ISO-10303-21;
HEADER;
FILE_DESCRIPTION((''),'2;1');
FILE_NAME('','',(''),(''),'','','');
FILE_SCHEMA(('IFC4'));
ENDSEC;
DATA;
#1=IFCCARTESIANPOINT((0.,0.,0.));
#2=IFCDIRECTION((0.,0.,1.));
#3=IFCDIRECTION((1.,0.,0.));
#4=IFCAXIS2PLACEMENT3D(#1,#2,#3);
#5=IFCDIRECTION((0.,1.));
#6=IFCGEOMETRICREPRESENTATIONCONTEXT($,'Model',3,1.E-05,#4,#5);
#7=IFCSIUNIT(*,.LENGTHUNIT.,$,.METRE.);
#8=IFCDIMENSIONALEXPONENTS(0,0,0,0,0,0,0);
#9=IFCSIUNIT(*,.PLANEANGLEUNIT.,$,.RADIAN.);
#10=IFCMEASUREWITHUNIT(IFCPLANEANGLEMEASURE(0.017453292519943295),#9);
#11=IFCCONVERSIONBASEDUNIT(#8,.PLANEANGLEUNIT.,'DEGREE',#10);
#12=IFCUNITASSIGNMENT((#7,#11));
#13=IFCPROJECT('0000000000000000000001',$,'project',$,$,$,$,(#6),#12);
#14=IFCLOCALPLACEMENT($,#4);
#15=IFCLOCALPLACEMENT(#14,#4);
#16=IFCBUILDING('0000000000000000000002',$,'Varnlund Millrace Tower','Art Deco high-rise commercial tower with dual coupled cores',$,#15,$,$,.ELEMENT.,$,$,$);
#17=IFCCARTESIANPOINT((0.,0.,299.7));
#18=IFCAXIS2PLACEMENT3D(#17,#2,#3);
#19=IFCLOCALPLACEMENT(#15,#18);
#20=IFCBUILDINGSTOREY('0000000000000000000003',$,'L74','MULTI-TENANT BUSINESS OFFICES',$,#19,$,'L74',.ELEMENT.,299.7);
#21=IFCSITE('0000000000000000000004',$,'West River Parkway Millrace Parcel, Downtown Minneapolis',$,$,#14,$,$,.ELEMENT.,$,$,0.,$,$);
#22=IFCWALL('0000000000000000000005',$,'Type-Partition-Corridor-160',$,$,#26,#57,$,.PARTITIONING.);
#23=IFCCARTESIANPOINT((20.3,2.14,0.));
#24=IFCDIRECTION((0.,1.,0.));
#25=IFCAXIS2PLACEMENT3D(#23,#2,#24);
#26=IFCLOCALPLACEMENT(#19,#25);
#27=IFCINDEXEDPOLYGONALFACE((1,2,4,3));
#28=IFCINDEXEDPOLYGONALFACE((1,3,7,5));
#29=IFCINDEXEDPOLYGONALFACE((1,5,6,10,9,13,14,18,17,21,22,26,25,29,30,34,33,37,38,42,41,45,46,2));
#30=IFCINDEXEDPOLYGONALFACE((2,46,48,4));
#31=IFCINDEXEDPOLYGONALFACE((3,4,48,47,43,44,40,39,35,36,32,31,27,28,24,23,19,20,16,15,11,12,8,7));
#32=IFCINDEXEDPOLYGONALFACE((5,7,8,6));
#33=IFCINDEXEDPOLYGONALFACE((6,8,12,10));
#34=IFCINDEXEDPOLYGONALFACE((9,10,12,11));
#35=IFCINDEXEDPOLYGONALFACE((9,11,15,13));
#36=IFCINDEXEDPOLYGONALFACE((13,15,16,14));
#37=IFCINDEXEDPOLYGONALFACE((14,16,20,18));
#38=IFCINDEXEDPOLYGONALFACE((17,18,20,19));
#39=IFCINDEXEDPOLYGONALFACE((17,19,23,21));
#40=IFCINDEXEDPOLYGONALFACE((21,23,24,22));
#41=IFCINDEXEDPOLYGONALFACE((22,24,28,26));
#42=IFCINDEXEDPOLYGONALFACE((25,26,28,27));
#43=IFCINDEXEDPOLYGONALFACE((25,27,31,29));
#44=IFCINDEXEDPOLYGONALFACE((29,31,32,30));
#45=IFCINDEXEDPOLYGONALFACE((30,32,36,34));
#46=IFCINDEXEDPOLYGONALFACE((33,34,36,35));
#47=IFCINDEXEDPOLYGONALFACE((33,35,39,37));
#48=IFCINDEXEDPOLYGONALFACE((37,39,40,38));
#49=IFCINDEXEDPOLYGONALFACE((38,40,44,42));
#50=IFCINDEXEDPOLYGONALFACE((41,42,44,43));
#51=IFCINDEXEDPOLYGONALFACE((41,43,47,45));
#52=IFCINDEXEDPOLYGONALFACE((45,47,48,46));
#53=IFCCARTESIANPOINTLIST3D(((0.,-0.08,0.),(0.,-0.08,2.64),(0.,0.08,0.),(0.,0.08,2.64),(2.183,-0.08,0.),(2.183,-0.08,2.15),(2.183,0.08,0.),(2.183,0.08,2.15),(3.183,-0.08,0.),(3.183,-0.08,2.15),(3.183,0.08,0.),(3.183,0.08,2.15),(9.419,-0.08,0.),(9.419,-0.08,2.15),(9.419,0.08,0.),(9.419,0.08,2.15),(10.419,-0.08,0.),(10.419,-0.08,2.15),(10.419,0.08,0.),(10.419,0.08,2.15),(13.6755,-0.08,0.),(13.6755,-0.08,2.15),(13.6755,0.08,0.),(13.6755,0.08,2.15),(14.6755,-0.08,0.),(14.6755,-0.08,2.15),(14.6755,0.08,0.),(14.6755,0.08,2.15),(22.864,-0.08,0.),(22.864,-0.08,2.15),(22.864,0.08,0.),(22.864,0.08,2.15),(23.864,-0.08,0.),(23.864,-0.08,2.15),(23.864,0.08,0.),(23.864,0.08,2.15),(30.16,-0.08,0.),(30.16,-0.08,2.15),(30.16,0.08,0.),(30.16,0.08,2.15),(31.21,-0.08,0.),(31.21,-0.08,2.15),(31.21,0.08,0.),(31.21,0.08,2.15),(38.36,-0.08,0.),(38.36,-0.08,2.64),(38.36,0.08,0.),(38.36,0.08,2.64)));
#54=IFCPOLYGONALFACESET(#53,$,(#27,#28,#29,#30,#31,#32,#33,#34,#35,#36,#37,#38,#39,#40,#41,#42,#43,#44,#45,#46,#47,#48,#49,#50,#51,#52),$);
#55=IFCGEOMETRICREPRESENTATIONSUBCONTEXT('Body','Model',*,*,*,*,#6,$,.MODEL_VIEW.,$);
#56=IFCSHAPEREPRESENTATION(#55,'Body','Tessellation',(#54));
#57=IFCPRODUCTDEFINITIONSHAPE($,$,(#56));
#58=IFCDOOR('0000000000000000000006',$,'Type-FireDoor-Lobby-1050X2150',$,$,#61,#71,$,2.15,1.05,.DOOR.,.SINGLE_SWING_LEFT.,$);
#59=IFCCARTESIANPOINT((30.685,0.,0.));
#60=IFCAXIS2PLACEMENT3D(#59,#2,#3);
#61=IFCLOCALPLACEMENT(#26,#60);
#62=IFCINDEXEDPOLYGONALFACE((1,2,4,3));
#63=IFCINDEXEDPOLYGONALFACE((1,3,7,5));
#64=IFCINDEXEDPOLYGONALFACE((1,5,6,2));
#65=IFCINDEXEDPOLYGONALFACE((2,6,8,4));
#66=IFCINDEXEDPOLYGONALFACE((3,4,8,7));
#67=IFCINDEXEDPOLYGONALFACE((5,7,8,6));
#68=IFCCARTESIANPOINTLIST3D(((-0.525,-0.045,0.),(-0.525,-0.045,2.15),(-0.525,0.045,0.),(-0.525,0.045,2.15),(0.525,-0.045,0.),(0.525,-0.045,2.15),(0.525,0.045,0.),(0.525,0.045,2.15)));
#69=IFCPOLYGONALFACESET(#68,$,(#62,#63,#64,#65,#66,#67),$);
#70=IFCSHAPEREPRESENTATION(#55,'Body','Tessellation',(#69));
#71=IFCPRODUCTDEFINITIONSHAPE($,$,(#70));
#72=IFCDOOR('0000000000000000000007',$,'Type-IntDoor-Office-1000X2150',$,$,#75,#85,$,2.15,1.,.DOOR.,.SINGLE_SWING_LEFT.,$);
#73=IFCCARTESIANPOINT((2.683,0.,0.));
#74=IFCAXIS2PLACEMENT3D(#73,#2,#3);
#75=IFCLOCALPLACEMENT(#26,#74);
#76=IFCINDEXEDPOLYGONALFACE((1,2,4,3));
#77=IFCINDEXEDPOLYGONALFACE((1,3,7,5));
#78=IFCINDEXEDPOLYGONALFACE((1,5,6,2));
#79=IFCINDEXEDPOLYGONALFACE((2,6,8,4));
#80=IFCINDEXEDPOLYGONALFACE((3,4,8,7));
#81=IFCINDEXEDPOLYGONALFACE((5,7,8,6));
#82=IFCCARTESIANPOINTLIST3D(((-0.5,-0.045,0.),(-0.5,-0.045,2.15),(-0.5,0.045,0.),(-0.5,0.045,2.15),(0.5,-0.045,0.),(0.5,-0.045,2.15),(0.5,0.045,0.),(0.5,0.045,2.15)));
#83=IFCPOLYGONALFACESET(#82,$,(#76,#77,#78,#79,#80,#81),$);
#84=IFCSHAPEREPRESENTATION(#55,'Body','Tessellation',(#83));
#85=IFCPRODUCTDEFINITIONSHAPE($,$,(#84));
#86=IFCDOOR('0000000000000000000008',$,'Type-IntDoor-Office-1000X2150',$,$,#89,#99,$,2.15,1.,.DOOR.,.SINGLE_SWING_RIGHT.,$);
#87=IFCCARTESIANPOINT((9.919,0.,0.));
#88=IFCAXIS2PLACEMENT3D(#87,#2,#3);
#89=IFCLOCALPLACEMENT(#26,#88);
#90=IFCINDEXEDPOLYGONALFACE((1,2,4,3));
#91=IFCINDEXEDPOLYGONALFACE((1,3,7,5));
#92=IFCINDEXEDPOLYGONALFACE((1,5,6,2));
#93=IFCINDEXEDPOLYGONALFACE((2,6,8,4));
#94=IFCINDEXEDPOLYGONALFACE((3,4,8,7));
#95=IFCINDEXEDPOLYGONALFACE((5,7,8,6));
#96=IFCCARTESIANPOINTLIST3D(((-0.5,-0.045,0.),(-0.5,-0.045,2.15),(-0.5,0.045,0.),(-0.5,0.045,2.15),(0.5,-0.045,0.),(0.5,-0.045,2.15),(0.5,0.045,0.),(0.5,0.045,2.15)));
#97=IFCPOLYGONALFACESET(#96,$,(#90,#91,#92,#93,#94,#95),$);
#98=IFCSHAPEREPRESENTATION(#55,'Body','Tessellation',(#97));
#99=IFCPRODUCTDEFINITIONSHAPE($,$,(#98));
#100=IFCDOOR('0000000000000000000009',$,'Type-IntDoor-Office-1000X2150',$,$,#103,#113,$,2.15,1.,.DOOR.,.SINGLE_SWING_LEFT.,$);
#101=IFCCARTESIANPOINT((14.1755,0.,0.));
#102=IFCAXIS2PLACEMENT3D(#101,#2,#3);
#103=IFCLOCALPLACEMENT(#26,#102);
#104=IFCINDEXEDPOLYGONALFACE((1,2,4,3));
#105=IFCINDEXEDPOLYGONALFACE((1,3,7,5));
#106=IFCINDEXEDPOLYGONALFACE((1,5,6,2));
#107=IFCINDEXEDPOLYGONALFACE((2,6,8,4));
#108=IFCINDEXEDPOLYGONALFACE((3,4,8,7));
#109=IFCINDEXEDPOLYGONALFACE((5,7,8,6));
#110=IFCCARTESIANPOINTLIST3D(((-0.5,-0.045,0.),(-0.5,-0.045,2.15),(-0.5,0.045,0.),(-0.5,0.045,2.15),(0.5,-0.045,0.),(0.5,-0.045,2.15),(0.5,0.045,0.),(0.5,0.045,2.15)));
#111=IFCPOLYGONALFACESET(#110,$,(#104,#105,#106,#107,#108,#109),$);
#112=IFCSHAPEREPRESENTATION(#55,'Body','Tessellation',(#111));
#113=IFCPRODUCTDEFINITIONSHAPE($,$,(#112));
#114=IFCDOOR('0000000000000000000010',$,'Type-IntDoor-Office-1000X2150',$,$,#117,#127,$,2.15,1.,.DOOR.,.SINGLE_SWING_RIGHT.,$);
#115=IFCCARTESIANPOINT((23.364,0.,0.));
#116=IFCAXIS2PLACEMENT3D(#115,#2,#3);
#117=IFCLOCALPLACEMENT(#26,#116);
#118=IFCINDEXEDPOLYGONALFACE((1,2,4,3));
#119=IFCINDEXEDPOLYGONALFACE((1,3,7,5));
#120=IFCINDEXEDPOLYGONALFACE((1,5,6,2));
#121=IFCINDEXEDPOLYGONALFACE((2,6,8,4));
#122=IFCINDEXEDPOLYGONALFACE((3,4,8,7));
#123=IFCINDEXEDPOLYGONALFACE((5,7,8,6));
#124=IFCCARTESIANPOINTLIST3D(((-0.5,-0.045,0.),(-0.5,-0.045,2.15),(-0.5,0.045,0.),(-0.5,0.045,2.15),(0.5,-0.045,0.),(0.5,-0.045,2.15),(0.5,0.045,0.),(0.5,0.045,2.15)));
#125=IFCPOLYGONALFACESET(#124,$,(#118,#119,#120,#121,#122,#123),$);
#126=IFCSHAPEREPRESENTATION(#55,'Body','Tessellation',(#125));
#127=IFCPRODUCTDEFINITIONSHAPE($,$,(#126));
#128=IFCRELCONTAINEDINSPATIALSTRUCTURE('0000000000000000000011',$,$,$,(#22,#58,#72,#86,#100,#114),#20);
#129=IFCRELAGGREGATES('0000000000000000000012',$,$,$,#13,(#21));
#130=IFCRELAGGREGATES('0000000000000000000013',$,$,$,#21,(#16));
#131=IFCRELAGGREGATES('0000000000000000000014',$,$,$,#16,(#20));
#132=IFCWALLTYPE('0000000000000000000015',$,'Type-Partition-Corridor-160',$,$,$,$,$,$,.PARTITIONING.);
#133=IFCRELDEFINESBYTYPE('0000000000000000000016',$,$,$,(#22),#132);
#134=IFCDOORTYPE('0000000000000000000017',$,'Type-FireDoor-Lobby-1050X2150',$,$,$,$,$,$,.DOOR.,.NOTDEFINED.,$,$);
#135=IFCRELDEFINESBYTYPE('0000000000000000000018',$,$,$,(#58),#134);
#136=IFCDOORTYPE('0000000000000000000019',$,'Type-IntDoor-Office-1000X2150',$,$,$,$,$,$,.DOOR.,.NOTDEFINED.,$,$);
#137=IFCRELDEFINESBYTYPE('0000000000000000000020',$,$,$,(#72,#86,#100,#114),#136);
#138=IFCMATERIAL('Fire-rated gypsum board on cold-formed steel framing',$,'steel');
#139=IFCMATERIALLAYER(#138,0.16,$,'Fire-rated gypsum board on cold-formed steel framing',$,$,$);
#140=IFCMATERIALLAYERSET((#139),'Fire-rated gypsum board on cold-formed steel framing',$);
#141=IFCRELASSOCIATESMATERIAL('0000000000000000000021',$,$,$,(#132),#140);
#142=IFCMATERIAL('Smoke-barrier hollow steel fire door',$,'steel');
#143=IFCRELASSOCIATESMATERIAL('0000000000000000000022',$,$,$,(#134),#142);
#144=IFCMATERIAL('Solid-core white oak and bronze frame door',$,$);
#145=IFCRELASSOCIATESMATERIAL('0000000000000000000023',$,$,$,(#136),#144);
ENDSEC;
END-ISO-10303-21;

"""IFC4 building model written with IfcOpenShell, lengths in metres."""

from ifc_helpers import new_model, entity, si_unit, converted_unit, direction, frame, origin_with_axes, origin_2d_with_axis, place, context, subcontext, project, spatial, polyline, rectangle, outline, extrude, material, layer, layer_set, type_object, element, fill, save


model = new_model("IFC4")

# Units and contexts
model_context = context("Model", 3, precision=1e-05, world=origin_with_axes(), true_north=direction((0.0, 1.0)))
body_context = subcontext(model_context, "Body", "Model", "MODEL_VIEW")
ifc_project = project(units=[si_unit("LENGTHUNIT", "METRE"), converted_unit("PLANEANGLEUNIT", "DEGREE", entity("IfcPlaneAngleMeasure", 0.017453292519943295), si_unit("PLANEANGLEUNIT", "RADIAN"), dimensions=[0, 0, 0, 0, 0, 0, 0])], contexts=[model_context])

# Site, building, storey
site_placement = place(None, origin_with_axes())
site = spatial("IfcSite", under=ifc_project, at=site_placement, Name="West River Parkway Millrace Parcel, Downtown Minneapolis", CompositionType="ELEMENT", RefElevation=0.0)
building_placement = place(site_placement, origin_with_axes())
building = spatial("IfcBuilding", under=site, at=building_placement, Name="Varnlund Millrace Tower", Description="Art Deco high-rise commercial tower with dual coupled cores", CompositionType="ELEMENT")
storey_placement = place(building_placement, frame((0.0, 0.0, 299.7), z_axis=(0.0, 0.0, 1.0), x_axis=(1.0, 0.0, 0.0)))
storey = spatial("IfcBuildingStorey", under=building, at=storey_placement, Name="L74", Description="MULTI-TENANT BUSINESS OFFICES", LongName="L74", CompositionType="ELEMENT", Elevation=299.7)

# Wall, openings, doors
ifc_material_1 = material(Name="Fire-rated gypsum board on cold-formed steel framing", Category="steel")
ifc_layer_1 = layer(ifc_material_1, 0.16, Name="Fire-rated gypsum board on cold-formed steel framing")
ifc_layer_set_1 = layer_set([ifc_layer_1], Name="Fire-rated gypsum board on cold-formed steel framing")
wall_type_1 = type_object("IfcWallType", Name="Type-Partition-Corridor-160", PredefinedType="PARTITIONING", material=ifc_layer_set_1)
wall_1_placement = place(storey_placement, frame((20.3, 2.14, 0.0), z_axis=(0.0, 0.0, 1.0), x_axis=(0.0, 1.0, 0.0)))
wall_1 = element("IfcWall", 1, at=wall_1_placement, inside=storey, type_object=wall_type_1, Name="Type-Partition-Corridor-160", PredefinedType="PARTITIONING", context=body_context, shape_type="SweptSolid", body=[
    extrude(outline(polyline([(0.0, -0.08), (38.36, -0.08), (38.36, 0.08), (0.0, 0.08), (0.0, -0.08)])), origin_with_axes(), (0.0, 0.0, 1.0), 2.64),
])
opening_1_placement = place(wall_1_placement, frame((30.685, 0.0, 0.0), z_axis=(0.0, 0.0, 1.0), x_axis=(1.0, 0.0, 0.0)))
opening_1 = element("IfcOpeningElement", 2, at=opening_1_placement, cuts=wall_1, PredefinedType="OPENING", context=body_context, shape_type="SweptSolid", body=[
    extrude(rectangle(XDim=1.05, YDim=0.18, at=origin_2d_with_axis()), origin_with_axes(), (0.0, 0.0, 1.0), 2.15),
])
opening_2_placement = place(wall_1_placement, frame((2.683, 0.0, 0.0), z_axis=(0.0, 0.0, 1.0), x_axis=(1.0, 0.0, 0.0)))
opening_2 = element("IfcOpeningElement", 3, at=opening_2_placement, cuts=wall_1, PredefinedType="OPENING", context=body_context, shape_type="SweptSolid", body=[
    extrude(rectangle(XDim=1.0, YDim=0.18, at=origin_2d_with_axis()), origin_with_axes(), (0.0, 0.0, 1.0), 2.15),
])
opening_3_placement = place(wall_1_placement, frame((9.919, 0.0, 0.0), z_axis=(0.0, 0.0, 1.0), x_axis=(1.0, 0.0, 0.0)))
opening_3 = element("IfcOpeningElement", 4, at=opening_3_placement, cuts=wall_1, PredefinedType="OPENING", context=body_context, shape_type="SweptSolid", body=[
    extrude(rectangle(XDim=1.0, YDim=0.18, at=origin_2d_with_axis()), origin_with_axes(), (0.0, 0.0, 1.0), 2.15),
])
opening_4_placement = place(wall_1_placement, frame((14.1755, 0.0, 0.0), z_axis=(0.0, 0.0, 1.0), x_axis=(1.0, 0.0, 0.0)))
opening_4 = element("IfcOpeningElement", 5, at=opening_4_placement, cuts=wall_1, PredefinedType="OPENING", context=body_context, shape_type="SweptSolid", body=[
    extrude(rectangle(XDim=1.0, YDim=0.18, at=origin_2d_with_axis()), origin_with_axes(), (0.0, 0.0, 1.0), 2.15),
])
opening_5_placement = place(wall_1_placement, frame((23.364, 0.0, 0.0), z_axis=(0.0, 0.0, 1.0), x_axis=(1.0, 0.0, 0.0)))
opening_5 = element("IfcOpeningElement", 6, at=opening_5_placement, cuts=wall_1, PredefinedType="OPENING", context=body_context, shape_type="SweptSolid", body=[
    extrude(rectangle(XDim=1.0, YDim=0.18, at=origin_2d_with_axis()), origin_with_axes(), (0.0, 0.0, 1.0), 2.15),
])
ifc_material_2 = material(Name="Smoke-barrier hollow steel fire door", Category="steel")
door_type_1 = type_object("IfcDoorType", Name="Type-FireDoor-Lobby-1050X2150", OperationType="NOTDEFINED", PredefinedType="DOOR", material=ifc_material_2)
door_1_placement = place(wall_1_placement, frame((30.685, 0.0, 0.0), z_axis=(0.0, 0.0, 1.0), x_axis=(1.0, 0.0, 0.0)))
door_1 = element("IfcDoor", 7, at=door_1_placement, inside=storey, type_object=door_type_1, Name="Type-FireDoor-Lobby-1050X2150", OperationType="SINGLE_SWING_LEFT", OverallHeight=2.15, OverallWidth=1.05, PredefinedType="DOOR", context=body_context, shape_type="SweptSolid", body=[
    extrude(rectangle(XDim=1.05, YDim=0.09, at=origin_2d_with_axis()), origin_with_axes(), (0.0, 0.0, 1.0), 2.15),
])
fill(opening_1, door_1)
ifc_material_3 = material(Name="Solid-core white oak and bronze frame door")
door_type_2 = type_object("IfcDoorType", Name="Type-IntDoor-Office-1000X2150", OperationType="NOTDEFINED", PredefinedType="DOOR", material=ifc_material_3)
door_2_placement = place(wall_1_placement, frame((2.683, 0.0, 0.0), z_axis=(0.0, 0.0, 1.0), x_axis=(1.0, 0.0, 0.0)))
door_2 = element("IfcDoor", 8, at=door_2_placement, inside=storey, type_object=door_type_2, Name="Type-IntDoor-Office-1000X2150", OperationType="SINGLE_SWING_LEFT", OverallHeight=2.15, OverallWidth=1.0, PredefinedType="DOOR", context=body_context, shape_type="SweptSolid", body=[
    extrude(rectangle(XDim=1.0, YDim=0.09, at=origin_2d_with_axis()), origin_with_axes(), (0.0, 0.0, 1.0), 2.15),
])
fill(opening_2, door_2)
door_3_placement = place(wall_1_placement, frame((9.919, 0.0, 0.0), z_axis=(0.0, 0.0, 1.0), x_axis=(1.0, 0.0, 0.0)))
door_3 = element("IfcDoor", 9, at=door_3_placement, inside=storey, type_object=door_type_2, Name="Type-IntDoor-Office-1000X2150", OperationType="SINGLE_SWING_RIGHT", OverallHeight=2.15, OverallWidth=1.0, PredefinedType="DOOR", context=body_context, shape_type="SweptSolid", body=[
    extrude(rectangle(XDim=1.0, YDim=0.09, at=origin_2d_with_axis()), origin_with_axes(), (0.0, 0.0, 1.0), 2.15),
])
fill(opening_3, door_3)
door_4_placement = place(wall_1_placement, frame((14.1755, 0.0, 0.0), z_axis=(0.0, 0.0, 1.0), x_axis=(1.0, 0.0, 0.0)))
door_4 = element("IfcDoor", 10, at=door_4_placement, inside=storey, type_object=door_type_2, Name="Type-IntDoor-Office-1000X2150", OperationType="SINGLE_SWING_LEFT", OverallHeight=2.15, OverallWidth=1.0, PredefinedType="DOOR", context=body_context, shape_type="SweptSolid", body=[
    extrude(rectangle(XDim=1.0, YDim=0.09, at=origin_2d_with_axis()), origin_with_axes(), (0.0, 0.0, 1.0), 2.15),
])
fill(opening_4, door_4)
door_5_placement = place(wall_1_placement, frame((23.364, 0.0, 0.0), z_axis=(0.0, 0.0, 1.0), x_axis=(1.0, 0.0, 0.0)))
door_5 = element("IfcDoor", 11, at=door_5_placement, inside=storey, type_object=door_type_2, Name="Type-IntDoor-Office-1000X2150", OperationType="SINGLE_SWING_RIGHT", OverallHeight=2.15, OverallWidth=1.0, PredefinedType="DOOR", context=body_context, shape_type="SweptSolid", body=[
    extrude(rectangle(XDim=1.0, YDim=0.09, at=origin_2d_with_axis()), origin_with_axes(), (0.0, 0.0, 1.0), 2.15),
])
fill(opening_5, door_5)

save(model, "model.ifc")
